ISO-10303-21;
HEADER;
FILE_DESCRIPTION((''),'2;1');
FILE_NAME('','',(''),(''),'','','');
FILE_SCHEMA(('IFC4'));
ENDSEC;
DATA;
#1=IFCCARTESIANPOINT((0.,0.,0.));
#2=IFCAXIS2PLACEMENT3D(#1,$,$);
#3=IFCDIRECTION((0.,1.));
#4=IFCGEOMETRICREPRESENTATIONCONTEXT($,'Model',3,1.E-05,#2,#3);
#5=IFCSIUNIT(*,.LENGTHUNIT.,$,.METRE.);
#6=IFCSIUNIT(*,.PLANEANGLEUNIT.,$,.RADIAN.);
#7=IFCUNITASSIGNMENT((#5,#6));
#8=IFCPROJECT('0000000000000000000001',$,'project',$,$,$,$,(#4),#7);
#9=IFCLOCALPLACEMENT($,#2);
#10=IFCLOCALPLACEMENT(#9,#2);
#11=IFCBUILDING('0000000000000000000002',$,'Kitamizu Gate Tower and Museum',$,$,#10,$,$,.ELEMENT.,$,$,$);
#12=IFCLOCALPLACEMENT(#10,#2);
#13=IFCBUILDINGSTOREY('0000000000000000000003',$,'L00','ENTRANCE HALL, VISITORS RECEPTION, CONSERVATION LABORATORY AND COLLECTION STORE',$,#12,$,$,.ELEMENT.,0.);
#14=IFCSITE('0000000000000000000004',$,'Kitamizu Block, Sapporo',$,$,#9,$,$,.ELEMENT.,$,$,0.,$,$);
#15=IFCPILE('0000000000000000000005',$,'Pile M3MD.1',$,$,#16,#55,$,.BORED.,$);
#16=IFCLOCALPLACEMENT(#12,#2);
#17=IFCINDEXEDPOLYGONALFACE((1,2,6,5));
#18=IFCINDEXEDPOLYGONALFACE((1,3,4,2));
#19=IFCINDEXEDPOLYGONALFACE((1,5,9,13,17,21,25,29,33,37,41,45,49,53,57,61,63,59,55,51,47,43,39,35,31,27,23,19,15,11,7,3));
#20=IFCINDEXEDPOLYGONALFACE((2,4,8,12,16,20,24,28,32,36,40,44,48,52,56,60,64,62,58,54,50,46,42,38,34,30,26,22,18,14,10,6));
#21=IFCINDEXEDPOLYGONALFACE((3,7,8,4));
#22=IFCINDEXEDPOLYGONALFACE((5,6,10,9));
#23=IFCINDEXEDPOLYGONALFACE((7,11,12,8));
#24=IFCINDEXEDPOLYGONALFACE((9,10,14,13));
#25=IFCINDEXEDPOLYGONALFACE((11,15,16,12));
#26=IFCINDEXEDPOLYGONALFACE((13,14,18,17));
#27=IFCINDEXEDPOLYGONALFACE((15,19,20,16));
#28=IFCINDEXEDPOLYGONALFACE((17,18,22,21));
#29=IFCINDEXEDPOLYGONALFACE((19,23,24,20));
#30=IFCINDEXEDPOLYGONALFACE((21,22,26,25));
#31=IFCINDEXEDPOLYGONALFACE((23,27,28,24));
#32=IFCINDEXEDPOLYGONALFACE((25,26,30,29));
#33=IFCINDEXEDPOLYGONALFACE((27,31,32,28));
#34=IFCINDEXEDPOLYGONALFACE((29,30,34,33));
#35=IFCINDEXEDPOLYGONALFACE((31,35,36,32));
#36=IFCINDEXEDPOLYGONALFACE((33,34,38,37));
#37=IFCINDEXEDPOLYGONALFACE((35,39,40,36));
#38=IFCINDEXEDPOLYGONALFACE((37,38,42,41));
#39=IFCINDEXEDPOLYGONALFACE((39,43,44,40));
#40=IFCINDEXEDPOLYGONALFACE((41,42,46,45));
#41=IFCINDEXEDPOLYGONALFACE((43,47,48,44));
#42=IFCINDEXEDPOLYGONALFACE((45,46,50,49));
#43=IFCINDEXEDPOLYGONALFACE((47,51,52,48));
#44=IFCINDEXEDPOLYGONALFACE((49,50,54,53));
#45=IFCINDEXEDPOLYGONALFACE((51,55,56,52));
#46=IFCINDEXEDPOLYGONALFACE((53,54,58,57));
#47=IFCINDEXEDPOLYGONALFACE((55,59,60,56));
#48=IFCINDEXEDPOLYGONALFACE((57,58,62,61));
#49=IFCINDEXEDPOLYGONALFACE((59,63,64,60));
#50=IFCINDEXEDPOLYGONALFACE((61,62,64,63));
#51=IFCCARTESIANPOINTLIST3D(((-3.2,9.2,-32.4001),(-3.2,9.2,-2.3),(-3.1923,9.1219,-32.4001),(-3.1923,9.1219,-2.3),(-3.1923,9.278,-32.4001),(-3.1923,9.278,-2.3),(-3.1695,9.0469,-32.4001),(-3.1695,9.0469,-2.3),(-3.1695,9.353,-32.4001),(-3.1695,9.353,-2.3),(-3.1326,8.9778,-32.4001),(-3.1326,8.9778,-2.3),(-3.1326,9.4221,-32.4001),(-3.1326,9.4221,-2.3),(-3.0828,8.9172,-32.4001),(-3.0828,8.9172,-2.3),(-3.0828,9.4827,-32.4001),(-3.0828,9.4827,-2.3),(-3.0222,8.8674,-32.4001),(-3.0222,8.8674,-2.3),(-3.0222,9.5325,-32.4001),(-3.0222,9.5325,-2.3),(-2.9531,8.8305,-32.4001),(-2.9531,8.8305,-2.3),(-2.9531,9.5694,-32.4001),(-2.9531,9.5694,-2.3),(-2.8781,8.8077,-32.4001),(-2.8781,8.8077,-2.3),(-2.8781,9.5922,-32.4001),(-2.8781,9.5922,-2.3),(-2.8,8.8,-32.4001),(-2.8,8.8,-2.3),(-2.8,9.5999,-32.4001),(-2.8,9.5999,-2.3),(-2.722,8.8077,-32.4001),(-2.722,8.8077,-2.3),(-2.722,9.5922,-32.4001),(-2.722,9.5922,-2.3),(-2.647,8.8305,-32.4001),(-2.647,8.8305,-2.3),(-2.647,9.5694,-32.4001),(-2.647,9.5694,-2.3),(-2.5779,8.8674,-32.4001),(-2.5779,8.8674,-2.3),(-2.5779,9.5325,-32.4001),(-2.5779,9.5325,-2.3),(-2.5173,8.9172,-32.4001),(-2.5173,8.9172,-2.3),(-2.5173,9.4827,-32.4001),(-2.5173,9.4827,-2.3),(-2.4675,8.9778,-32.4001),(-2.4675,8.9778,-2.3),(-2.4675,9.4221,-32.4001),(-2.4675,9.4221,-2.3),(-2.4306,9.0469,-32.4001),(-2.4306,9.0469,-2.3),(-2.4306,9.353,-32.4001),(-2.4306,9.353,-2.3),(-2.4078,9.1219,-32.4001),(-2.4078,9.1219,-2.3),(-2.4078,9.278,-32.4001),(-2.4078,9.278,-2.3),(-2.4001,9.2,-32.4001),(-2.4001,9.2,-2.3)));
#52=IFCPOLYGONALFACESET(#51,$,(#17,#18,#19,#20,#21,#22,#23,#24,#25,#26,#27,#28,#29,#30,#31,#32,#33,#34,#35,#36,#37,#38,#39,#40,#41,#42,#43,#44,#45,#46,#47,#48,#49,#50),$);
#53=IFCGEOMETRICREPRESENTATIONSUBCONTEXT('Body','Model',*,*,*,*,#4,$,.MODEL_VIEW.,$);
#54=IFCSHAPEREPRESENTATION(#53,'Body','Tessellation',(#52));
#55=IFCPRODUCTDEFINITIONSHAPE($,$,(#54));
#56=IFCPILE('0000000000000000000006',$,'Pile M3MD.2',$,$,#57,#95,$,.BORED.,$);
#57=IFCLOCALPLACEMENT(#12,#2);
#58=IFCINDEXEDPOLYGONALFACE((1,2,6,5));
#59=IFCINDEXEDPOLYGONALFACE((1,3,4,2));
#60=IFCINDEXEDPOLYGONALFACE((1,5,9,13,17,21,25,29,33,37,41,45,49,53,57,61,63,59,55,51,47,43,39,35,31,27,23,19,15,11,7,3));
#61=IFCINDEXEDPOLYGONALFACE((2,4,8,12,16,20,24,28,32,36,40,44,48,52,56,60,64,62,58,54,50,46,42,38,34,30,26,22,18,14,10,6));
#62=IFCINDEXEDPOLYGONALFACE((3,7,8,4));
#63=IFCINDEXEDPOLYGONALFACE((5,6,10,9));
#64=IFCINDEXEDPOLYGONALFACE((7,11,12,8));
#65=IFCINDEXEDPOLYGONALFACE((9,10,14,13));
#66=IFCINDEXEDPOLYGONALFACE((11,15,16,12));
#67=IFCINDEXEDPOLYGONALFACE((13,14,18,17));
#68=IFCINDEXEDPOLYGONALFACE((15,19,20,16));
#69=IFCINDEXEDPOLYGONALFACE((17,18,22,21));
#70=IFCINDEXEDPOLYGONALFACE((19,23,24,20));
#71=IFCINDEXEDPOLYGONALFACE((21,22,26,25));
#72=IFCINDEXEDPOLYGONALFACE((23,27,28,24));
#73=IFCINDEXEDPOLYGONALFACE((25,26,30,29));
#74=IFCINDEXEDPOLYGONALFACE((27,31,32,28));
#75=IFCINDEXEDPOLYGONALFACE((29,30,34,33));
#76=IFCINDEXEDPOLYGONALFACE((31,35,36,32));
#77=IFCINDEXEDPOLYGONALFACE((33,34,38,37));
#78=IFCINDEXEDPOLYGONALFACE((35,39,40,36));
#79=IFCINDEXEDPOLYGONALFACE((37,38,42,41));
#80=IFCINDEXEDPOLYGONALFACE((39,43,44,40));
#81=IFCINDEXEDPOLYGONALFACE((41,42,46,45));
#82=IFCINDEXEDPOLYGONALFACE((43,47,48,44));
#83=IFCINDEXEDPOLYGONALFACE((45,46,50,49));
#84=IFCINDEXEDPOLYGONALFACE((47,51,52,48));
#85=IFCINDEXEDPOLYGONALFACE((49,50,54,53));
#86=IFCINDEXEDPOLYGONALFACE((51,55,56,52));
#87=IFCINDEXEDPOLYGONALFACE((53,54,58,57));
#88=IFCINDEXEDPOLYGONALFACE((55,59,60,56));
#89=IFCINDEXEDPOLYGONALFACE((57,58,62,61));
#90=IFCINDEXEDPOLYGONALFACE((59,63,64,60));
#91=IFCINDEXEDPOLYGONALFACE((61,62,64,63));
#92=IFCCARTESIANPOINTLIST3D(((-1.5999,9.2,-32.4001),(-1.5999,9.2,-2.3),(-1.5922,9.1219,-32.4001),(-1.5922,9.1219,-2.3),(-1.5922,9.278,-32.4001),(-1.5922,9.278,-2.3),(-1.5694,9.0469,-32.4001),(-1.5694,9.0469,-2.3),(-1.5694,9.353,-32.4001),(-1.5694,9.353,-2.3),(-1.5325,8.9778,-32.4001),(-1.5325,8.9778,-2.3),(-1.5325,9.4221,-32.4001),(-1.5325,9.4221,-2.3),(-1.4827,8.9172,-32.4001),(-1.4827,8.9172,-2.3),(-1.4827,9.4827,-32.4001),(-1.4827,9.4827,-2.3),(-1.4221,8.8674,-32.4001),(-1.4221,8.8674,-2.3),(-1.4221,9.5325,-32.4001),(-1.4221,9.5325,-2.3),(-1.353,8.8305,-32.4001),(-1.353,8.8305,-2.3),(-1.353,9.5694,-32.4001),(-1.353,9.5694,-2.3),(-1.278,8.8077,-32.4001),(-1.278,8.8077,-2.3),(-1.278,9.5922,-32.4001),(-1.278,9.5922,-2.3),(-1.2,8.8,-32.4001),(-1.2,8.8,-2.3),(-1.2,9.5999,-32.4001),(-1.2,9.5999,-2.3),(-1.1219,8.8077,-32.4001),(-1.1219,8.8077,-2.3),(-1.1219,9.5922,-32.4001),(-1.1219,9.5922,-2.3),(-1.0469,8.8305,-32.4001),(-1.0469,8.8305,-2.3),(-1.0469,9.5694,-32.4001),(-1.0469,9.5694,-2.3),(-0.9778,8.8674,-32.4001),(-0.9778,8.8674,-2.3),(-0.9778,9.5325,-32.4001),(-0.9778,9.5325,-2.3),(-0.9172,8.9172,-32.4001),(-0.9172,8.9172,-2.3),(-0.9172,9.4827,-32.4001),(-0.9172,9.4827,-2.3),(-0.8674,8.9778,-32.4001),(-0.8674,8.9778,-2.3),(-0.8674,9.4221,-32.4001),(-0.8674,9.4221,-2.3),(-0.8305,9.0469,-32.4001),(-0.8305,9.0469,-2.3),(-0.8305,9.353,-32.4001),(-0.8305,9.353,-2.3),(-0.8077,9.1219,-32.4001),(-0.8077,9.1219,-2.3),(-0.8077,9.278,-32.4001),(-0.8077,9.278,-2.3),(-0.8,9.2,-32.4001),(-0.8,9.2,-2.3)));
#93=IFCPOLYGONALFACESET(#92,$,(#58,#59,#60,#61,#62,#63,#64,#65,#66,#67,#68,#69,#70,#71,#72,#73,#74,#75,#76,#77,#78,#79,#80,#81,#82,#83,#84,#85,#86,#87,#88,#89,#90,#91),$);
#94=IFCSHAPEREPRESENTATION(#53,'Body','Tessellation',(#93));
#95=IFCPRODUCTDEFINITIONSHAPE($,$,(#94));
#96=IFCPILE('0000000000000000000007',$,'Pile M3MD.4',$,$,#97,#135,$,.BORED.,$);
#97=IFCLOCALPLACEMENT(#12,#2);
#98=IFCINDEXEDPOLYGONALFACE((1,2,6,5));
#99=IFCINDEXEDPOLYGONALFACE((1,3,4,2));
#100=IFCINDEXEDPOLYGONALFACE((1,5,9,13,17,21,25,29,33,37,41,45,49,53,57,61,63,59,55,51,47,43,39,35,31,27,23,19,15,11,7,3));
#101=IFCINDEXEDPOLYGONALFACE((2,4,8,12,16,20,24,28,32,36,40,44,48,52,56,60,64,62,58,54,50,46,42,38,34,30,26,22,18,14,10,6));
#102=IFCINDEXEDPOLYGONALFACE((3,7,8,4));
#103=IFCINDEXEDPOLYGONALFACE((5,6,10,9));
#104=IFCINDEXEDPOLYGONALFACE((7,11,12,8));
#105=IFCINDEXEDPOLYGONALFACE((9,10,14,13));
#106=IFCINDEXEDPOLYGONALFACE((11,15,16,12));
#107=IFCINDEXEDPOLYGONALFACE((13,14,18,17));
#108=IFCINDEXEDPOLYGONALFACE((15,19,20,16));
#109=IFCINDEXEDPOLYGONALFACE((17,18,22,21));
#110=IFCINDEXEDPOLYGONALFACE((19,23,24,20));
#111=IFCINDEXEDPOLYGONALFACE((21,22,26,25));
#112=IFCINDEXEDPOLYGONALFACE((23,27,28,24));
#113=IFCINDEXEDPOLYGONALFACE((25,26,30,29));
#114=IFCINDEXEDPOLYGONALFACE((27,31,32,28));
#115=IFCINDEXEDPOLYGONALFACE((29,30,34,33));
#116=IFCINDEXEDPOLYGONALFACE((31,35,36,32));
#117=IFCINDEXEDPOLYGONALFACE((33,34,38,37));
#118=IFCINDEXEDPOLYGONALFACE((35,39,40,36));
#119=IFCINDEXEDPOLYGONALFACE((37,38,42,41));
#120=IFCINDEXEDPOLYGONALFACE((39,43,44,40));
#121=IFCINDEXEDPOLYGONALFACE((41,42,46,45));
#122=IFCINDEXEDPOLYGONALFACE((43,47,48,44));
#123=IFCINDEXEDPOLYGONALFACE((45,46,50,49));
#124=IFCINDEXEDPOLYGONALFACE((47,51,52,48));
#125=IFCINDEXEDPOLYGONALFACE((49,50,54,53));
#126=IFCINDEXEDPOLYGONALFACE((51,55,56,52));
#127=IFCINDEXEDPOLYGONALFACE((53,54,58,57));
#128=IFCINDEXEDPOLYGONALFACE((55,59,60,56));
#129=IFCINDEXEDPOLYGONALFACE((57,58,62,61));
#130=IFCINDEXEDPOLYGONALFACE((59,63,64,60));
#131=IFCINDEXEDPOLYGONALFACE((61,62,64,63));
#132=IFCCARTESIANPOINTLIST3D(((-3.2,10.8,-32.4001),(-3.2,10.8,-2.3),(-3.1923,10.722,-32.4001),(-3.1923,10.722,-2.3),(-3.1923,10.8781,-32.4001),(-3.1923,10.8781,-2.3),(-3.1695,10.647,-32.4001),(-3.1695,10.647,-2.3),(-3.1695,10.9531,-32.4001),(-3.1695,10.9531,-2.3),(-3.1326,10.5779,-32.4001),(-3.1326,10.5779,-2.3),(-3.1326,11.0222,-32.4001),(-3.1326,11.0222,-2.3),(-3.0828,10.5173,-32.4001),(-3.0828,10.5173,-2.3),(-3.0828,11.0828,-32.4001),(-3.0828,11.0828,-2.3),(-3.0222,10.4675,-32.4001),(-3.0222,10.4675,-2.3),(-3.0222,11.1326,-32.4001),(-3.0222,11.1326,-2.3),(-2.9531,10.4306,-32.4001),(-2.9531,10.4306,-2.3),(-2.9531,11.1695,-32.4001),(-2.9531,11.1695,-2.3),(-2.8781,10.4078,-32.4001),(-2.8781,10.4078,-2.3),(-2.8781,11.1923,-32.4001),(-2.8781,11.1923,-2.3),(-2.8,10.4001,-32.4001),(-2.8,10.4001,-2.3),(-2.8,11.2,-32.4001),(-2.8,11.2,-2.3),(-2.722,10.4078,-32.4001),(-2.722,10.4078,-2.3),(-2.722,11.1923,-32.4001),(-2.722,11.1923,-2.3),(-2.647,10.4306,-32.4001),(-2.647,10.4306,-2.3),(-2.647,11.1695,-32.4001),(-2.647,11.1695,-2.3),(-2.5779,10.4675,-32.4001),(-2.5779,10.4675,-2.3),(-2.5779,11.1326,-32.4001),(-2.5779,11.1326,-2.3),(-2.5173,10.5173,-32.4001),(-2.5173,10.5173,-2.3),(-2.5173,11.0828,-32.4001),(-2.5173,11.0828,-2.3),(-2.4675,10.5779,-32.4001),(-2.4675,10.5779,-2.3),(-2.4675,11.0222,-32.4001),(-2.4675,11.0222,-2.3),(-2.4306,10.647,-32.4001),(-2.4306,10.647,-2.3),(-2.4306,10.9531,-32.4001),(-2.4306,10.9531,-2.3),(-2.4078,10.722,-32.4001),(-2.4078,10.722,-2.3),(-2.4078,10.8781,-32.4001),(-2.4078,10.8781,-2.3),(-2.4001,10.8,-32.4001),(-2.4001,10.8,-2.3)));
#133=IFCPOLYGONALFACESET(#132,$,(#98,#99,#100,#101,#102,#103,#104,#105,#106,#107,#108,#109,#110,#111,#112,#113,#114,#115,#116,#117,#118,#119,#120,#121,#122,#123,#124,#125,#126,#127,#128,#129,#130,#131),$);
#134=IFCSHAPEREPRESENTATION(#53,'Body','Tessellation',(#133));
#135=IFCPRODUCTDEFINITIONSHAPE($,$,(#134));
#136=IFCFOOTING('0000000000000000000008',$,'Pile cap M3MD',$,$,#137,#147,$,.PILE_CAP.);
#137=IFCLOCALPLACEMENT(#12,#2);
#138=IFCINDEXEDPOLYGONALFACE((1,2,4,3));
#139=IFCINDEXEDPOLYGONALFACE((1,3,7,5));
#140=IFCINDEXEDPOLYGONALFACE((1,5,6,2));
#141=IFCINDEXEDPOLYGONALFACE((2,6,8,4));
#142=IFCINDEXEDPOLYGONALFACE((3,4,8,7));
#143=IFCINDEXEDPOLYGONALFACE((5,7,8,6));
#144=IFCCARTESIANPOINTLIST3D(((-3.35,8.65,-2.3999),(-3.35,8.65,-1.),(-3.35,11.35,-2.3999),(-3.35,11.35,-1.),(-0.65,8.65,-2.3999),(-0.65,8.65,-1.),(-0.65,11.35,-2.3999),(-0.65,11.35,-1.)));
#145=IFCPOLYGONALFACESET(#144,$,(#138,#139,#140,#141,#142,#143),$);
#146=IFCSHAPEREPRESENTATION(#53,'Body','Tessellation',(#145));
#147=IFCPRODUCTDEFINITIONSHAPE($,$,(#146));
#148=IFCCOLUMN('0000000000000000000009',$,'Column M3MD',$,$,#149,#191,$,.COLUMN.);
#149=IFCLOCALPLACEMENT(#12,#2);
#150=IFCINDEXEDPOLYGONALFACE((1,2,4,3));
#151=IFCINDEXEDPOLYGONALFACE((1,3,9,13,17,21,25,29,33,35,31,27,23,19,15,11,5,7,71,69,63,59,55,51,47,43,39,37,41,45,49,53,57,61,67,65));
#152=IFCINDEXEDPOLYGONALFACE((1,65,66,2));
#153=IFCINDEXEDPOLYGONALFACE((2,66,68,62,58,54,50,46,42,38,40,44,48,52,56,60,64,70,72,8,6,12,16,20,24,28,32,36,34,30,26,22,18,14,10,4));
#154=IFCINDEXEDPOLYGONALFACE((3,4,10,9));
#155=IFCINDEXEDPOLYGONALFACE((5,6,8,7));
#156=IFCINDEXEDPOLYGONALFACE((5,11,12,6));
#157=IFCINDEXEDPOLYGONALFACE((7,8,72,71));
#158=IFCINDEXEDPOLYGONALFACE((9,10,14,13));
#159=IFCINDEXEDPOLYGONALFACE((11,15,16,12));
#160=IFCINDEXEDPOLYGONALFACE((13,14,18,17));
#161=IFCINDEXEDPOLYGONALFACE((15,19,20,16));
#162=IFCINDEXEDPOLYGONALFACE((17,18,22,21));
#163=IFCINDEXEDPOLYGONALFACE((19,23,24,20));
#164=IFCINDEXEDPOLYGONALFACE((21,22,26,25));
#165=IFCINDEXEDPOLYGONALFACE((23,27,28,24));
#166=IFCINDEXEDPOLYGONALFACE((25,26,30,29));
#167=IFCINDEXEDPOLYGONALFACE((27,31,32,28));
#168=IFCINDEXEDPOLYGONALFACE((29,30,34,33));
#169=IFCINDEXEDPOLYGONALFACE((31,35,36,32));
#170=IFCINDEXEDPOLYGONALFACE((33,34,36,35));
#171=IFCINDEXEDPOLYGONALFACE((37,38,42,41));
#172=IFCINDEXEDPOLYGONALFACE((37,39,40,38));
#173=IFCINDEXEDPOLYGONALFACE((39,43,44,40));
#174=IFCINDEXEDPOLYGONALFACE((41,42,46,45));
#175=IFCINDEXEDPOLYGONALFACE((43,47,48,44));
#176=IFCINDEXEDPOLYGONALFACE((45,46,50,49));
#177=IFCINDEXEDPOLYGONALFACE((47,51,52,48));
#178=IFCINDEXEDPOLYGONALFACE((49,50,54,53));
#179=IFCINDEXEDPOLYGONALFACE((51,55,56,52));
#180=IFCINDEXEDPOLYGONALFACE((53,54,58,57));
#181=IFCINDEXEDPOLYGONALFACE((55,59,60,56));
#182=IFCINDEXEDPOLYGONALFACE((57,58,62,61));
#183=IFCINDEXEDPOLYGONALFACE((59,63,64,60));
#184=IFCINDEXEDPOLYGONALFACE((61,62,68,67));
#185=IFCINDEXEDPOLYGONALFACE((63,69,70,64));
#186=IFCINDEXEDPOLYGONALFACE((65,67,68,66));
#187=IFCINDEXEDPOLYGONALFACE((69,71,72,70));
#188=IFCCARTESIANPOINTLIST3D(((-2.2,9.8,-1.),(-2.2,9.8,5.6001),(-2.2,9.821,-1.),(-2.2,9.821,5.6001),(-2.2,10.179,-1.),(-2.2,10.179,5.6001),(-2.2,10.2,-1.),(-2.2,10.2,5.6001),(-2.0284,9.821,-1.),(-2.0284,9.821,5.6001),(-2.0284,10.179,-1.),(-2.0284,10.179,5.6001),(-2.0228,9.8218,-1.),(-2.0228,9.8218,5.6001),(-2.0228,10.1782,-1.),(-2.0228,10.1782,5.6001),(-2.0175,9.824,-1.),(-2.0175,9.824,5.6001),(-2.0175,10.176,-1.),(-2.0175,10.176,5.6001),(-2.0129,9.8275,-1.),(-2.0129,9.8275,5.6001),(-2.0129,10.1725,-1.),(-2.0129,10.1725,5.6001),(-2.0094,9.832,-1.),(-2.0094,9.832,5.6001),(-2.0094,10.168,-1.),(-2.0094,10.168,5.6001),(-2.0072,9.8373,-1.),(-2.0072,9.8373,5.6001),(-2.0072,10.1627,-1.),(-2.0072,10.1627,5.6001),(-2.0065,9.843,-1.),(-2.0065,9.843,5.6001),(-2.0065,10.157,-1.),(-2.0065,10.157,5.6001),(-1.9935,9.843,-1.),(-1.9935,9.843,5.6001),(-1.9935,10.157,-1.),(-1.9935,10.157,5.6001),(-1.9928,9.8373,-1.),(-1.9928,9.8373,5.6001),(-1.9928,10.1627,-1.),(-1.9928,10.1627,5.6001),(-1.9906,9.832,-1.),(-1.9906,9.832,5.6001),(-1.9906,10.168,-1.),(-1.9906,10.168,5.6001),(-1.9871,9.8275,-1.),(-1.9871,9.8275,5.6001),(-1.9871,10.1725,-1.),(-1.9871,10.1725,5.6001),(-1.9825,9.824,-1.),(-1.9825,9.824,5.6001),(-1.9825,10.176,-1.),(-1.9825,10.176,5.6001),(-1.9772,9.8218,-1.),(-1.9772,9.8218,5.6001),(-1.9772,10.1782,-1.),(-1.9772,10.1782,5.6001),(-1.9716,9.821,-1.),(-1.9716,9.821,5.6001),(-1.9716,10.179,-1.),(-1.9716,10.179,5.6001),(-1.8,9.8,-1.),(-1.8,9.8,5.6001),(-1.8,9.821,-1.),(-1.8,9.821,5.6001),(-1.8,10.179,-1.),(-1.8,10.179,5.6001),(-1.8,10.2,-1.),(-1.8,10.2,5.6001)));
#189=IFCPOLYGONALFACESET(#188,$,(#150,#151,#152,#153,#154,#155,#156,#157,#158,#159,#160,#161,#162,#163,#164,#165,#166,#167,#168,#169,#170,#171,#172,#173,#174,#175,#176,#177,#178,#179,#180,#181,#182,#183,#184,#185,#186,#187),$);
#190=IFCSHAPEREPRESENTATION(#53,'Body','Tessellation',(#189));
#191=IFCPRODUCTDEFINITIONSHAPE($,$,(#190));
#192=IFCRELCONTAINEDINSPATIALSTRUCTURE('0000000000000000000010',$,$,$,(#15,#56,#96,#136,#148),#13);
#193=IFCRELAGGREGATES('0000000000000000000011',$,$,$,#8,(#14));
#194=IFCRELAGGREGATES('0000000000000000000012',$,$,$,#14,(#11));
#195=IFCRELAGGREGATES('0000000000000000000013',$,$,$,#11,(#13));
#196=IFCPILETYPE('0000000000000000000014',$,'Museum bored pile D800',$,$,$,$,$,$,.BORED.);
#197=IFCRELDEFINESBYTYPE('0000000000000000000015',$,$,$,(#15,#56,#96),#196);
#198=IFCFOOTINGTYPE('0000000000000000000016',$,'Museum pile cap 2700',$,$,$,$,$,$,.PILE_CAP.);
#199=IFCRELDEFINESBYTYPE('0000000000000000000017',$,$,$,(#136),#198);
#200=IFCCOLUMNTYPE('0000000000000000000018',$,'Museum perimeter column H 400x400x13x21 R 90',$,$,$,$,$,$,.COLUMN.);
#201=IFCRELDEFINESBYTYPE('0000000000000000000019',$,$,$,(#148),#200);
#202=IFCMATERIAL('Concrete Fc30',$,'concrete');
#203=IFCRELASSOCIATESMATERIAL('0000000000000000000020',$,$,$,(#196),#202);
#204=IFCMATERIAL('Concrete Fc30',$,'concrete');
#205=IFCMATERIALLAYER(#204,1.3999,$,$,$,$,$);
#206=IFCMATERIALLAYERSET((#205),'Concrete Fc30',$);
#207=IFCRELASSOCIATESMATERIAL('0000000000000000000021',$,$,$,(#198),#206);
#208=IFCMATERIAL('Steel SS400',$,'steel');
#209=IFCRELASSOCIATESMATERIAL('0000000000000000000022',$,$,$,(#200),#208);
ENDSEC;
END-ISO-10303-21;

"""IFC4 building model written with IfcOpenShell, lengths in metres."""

from ifc_helpers import new_model, si_unit, direction, frame, origin, origin_2d, place, context, subcontext, project, spatial, rectangle, circle, i_section, extrude, material, layer, layer_set, material_profile, profile_set, type_object, element, save


model = new_model("IFC4")

# Units and contexts
model_context = context("Model", 3, precision=1e-05, world=origin(), true_north=direction((0.0, 1.0)))
body_context = subcontext(model_context, "Body", "Model", "MODEL_VIEW")
ifc_project = project(units=[si_unit("LENGTHUNIT", "METRE"), si_unit("PLANEANGLEUNIT", "RADIAN")], contexts=[model_context])

# Site, building, storey
site_placement = place(None, origin())
site = spatial("IfcSite", under=ifc_project, at=site_placement, Name="Kitamizu Block, Sapporo", CompositionType="ELEMENT", RefElevation=0.0)
building_placement = place(site_placement, origin())
building = spatial("IfcBuilding", under=site, at=building_placement, Name="Kitamizu Gate Tower and Museum", CompositionType="ELEMENT")
storey_placement = place(building_placement, origin())
storey = spatial("IfcBuildingStorey", under=building, at=storey_placement, Name="L00", Description="ENTRANCE HALL, VISITORS RECEPTION, CONSERVATION LABORATORY AND COLLECTION STORE", CompositionType="ELEMENT", Elevation=0.0)

# Piles
ifc_material_1 = material(Name="Concrete Fc30", Category="concrete")
ifc_material_profile_1 = material_profile(ifc_material_1, circle(Radius=0.3999, at=origin_2d()), Name="D800")
ifc_profile_set_1 = profile_set([ifc_material_profile_1], Name="Concrete Fc30")
pile_type = type_object("IfcPileType", Name="Museum bored pile D800", PredefinedType="BORED", material=ifc_profile_set_1)
for number, where, z_axis, x_axis, name in (
    (1, (-2.8, 9.2, -2.3), (0.0, 0.0, -1.0), (1.0, 0.0, 0.0), "Pile M3MD.1"),
    (2, (-1.2, 9.2, -2.3), (0.0, 0.0, -1.0), (1.0, 0.0, 0.0), "Pile M3MD.2"),
    (3, (-2.8, 10.8, -2.3), (0.0, 0.0, -1.0), (1.0, 0.0, 0.0), "Pile M3MD.4"),
):
    element("IfcPile", number, at=place(storey_placement, frame(where, z_axis=z_axis, x_axis=x_axis)), inside=storey, type_object=pile_type, Name=name, PredefinedType="BORED", context=body_context, shape_type="SweptSolid", body=[
        extrude(circle(Radius=0.3999, at=origin_2d()), origin(), (0.0, 0.0, 1.0), 30.1001),
    ])

# Footing
ifc_material_2 = material(Name="Concrete Fc30", Category="concrete")
ifc_layer_1 = layer(ifc_material_2, 1.3999)
ifc_layer_set_1 = layer_set([ifc_layer_1], Name="Concrete Fc30")
footing_type = type_object("IfcFootingType", Name="Museum pile cap 2700", PredefinedType="PILE_CAP", material=ifc_layer_set_1)
footing_placement = place(storey_placement, frame((-2.0, 10.0, -2.3999), z_axis=(0.0, 0.0, 1.0), x_axis=(1.0, 0.0, 0.0)))
element("IfcFooting", 4, at=footing_placement, inside=storey, type_object=footing_type, Name="Pile cap M3MD", PredefinedType="PILE_CAP", context=body_context, shape_type="SweptSolid", body=[
    extrude(rectangle(XDim=2.7, YDim=2.7, at=origin_2d()), origin(), (0.0, 0.0, 1.0), 1.3999),
])

# Column
ifc_material_3 = material(Name="Steel SS400", Category="steel")
ifc_material_profile_2 = material_profile(ifc_material_3, i_section(OverallWidth=0.3999, OverallDepth=0.3999, WebThickness=0.0129, FlangeThickness=0.021, FilletRadius=0.022, at=origin_2d()), Name="H-400x400x13x21")
ifc_profile_set_2 = profile_set([ifc_material_profile_2], Name="Steel SS400")
column_type = type_object("IfcColumnType", Name="Museum perimeter column H 400x400x13x21 R 90", PredefinedType="COLUMN", material=ifc_profile_set_2)
column_placement = place(storey_placement, frame((-2.0, 10.0, -1.0), z_axis=(0.0, 0.0, 1.0), x_axis=(1.0, 0.0, 0.0)))
element("IfcColumn", 5, at=column_placement, inside=storey, type_object=column_type, Name="Column M3MD", PredefinedType="COLUMN", context=body_context, shape_type="SweptSolid", body=[
    extrude(i_section(OverallWidth=0.3999, OverallDepth=0.3999, WebThickness=0.0129, FlangeThickness=0.021, FilletRadius=0.022, at=origin_2d()), origin(), (0.0, 0.0, 1.0), 6.6001),
])

save(model, "model.ifc")
